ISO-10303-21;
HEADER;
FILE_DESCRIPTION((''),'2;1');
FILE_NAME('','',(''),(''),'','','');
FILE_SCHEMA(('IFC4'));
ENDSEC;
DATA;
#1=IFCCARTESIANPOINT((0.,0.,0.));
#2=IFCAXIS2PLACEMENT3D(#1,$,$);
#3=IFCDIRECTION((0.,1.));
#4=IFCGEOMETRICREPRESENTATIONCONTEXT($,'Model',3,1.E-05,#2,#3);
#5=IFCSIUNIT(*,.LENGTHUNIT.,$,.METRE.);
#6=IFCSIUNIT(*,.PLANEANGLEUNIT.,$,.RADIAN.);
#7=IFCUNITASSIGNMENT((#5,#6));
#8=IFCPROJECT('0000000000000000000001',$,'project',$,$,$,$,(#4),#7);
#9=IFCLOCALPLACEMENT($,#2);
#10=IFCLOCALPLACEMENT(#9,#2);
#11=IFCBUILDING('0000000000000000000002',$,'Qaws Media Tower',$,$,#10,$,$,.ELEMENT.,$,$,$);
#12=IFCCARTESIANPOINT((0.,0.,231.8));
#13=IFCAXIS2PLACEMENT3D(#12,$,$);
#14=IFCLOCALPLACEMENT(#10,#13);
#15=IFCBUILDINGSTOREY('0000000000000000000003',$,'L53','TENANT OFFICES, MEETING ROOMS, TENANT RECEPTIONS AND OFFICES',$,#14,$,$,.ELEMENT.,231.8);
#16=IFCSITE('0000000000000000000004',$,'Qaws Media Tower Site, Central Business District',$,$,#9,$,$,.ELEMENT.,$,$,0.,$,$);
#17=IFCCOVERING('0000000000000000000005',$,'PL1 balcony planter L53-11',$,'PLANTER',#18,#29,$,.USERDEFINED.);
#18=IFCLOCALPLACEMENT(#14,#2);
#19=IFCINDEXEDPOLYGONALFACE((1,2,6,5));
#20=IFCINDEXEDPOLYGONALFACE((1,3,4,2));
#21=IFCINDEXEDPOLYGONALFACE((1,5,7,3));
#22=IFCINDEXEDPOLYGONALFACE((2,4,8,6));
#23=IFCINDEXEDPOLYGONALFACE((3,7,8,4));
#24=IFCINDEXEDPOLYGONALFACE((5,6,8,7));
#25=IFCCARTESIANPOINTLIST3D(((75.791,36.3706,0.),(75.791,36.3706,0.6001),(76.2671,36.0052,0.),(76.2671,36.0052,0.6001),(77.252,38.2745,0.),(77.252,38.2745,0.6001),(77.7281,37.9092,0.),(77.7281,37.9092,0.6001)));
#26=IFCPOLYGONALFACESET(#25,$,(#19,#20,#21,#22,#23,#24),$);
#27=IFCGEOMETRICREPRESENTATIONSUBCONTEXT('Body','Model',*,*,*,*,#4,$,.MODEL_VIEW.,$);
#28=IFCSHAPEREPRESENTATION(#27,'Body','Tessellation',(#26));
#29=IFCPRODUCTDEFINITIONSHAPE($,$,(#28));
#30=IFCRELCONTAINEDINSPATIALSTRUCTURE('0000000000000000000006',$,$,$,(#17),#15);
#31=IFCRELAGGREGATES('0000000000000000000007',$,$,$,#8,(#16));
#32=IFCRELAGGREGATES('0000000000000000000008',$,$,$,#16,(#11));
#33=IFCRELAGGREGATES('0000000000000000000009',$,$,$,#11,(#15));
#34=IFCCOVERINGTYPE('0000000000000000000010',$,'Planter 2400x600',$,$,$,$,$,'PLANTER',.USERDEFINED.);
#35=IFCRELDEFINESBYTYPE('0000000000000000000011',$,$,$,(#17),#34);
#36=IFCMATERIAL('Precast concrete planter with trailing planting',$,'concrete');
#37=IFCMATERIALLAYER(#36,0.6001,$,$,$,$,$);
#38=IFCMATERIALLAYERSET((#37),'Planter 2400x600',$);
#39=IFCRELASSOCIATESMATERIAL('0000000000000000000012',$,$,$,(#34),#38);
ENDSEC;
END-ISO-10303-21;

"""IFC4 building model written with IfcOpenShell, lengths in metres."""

from ifc_helpers import new_model, si_unit, direction, frame, origin, origin_2d, place, context, subcontext, project, spatial, rectangle, extrude, material, layer, layer_set, type_object, element, save


model = new_model("IFC4")

# Units and contexts
model_context = context("Model", 3, precision=1e-05, world=origin(), true_north=direction((0.0, 1.0)))
body_context = subcontext(model_context, "Body", "Model", "MODEL_VIEW")
ifc_project = project(units=[si_unit("LENGTHUNIT", "METRE"), si_unit("PLANEANGLEUNIT", "RADIAN")], contexts=[model_context])

# Site, building, storey
site_placement = place(None, origin())
site = spatial("IfcSite", under=ifc_project, at=site_placement, Name="Qaws Media Tower Site, Central Business District", CompositionType="ELEMENT", RefElevation=0.0)
building_placement = place(site_placement, origin())
building = spatial("IfcBuilding", under=site, at=building_placement, Name="Qaws Media Tower", CompositionType="ELEMENT")
storey_placement = place(building_placement, frame((0.0, 0.0, 231.8)))
storey = spatial("IfcBuildingStorey", under=building, at=storey_placement, Name="L53", Description="TENANT OFFICES, MEETING ROOMS, TENANT RECEPTIONS AND OFFICES", CompositionType="ELEMENT", Elevation=231.8)

# Covering
ifc_material_1 = material(Name="Precast concrete planter with trailing planting", Category="concrete")
ifc_layer_1 = layer(ifc_material_1, 0.6001)
ifc_layer_set_1 = layer_set([ifc_layer_1], Name="Planter 2400x600")
covering_type = type_object("IfcCoveringType", Name="Planter 2400x600", ElementType="PLANTER", PredefinedType="USERDEFINED", material=ifc_layer_set_1)
covering_placement = place(storey_placement, frame((76.7595, 37.1399, 0.0), z_axis=(0.0, 0.0, 1.0), x_axis=(0.608761, 0.793353, 0.0)))
element("IfcCovering", 1, at=covering_placement, inside=storey, type_object=covering_type, Name="PL1 balcony planter L53-11", ObjectType="PLANTER", PredefinedType="USERDEFINED", context=body_context, shape_type="SweptSolid", body=[
    extrude(rectangle(XDim=2.3999, YDim=0.6001, at=origin_2d()), origin(), (0.0, 0.0, 1.0), 0.6001),
])

save(model, "model.ifc")
